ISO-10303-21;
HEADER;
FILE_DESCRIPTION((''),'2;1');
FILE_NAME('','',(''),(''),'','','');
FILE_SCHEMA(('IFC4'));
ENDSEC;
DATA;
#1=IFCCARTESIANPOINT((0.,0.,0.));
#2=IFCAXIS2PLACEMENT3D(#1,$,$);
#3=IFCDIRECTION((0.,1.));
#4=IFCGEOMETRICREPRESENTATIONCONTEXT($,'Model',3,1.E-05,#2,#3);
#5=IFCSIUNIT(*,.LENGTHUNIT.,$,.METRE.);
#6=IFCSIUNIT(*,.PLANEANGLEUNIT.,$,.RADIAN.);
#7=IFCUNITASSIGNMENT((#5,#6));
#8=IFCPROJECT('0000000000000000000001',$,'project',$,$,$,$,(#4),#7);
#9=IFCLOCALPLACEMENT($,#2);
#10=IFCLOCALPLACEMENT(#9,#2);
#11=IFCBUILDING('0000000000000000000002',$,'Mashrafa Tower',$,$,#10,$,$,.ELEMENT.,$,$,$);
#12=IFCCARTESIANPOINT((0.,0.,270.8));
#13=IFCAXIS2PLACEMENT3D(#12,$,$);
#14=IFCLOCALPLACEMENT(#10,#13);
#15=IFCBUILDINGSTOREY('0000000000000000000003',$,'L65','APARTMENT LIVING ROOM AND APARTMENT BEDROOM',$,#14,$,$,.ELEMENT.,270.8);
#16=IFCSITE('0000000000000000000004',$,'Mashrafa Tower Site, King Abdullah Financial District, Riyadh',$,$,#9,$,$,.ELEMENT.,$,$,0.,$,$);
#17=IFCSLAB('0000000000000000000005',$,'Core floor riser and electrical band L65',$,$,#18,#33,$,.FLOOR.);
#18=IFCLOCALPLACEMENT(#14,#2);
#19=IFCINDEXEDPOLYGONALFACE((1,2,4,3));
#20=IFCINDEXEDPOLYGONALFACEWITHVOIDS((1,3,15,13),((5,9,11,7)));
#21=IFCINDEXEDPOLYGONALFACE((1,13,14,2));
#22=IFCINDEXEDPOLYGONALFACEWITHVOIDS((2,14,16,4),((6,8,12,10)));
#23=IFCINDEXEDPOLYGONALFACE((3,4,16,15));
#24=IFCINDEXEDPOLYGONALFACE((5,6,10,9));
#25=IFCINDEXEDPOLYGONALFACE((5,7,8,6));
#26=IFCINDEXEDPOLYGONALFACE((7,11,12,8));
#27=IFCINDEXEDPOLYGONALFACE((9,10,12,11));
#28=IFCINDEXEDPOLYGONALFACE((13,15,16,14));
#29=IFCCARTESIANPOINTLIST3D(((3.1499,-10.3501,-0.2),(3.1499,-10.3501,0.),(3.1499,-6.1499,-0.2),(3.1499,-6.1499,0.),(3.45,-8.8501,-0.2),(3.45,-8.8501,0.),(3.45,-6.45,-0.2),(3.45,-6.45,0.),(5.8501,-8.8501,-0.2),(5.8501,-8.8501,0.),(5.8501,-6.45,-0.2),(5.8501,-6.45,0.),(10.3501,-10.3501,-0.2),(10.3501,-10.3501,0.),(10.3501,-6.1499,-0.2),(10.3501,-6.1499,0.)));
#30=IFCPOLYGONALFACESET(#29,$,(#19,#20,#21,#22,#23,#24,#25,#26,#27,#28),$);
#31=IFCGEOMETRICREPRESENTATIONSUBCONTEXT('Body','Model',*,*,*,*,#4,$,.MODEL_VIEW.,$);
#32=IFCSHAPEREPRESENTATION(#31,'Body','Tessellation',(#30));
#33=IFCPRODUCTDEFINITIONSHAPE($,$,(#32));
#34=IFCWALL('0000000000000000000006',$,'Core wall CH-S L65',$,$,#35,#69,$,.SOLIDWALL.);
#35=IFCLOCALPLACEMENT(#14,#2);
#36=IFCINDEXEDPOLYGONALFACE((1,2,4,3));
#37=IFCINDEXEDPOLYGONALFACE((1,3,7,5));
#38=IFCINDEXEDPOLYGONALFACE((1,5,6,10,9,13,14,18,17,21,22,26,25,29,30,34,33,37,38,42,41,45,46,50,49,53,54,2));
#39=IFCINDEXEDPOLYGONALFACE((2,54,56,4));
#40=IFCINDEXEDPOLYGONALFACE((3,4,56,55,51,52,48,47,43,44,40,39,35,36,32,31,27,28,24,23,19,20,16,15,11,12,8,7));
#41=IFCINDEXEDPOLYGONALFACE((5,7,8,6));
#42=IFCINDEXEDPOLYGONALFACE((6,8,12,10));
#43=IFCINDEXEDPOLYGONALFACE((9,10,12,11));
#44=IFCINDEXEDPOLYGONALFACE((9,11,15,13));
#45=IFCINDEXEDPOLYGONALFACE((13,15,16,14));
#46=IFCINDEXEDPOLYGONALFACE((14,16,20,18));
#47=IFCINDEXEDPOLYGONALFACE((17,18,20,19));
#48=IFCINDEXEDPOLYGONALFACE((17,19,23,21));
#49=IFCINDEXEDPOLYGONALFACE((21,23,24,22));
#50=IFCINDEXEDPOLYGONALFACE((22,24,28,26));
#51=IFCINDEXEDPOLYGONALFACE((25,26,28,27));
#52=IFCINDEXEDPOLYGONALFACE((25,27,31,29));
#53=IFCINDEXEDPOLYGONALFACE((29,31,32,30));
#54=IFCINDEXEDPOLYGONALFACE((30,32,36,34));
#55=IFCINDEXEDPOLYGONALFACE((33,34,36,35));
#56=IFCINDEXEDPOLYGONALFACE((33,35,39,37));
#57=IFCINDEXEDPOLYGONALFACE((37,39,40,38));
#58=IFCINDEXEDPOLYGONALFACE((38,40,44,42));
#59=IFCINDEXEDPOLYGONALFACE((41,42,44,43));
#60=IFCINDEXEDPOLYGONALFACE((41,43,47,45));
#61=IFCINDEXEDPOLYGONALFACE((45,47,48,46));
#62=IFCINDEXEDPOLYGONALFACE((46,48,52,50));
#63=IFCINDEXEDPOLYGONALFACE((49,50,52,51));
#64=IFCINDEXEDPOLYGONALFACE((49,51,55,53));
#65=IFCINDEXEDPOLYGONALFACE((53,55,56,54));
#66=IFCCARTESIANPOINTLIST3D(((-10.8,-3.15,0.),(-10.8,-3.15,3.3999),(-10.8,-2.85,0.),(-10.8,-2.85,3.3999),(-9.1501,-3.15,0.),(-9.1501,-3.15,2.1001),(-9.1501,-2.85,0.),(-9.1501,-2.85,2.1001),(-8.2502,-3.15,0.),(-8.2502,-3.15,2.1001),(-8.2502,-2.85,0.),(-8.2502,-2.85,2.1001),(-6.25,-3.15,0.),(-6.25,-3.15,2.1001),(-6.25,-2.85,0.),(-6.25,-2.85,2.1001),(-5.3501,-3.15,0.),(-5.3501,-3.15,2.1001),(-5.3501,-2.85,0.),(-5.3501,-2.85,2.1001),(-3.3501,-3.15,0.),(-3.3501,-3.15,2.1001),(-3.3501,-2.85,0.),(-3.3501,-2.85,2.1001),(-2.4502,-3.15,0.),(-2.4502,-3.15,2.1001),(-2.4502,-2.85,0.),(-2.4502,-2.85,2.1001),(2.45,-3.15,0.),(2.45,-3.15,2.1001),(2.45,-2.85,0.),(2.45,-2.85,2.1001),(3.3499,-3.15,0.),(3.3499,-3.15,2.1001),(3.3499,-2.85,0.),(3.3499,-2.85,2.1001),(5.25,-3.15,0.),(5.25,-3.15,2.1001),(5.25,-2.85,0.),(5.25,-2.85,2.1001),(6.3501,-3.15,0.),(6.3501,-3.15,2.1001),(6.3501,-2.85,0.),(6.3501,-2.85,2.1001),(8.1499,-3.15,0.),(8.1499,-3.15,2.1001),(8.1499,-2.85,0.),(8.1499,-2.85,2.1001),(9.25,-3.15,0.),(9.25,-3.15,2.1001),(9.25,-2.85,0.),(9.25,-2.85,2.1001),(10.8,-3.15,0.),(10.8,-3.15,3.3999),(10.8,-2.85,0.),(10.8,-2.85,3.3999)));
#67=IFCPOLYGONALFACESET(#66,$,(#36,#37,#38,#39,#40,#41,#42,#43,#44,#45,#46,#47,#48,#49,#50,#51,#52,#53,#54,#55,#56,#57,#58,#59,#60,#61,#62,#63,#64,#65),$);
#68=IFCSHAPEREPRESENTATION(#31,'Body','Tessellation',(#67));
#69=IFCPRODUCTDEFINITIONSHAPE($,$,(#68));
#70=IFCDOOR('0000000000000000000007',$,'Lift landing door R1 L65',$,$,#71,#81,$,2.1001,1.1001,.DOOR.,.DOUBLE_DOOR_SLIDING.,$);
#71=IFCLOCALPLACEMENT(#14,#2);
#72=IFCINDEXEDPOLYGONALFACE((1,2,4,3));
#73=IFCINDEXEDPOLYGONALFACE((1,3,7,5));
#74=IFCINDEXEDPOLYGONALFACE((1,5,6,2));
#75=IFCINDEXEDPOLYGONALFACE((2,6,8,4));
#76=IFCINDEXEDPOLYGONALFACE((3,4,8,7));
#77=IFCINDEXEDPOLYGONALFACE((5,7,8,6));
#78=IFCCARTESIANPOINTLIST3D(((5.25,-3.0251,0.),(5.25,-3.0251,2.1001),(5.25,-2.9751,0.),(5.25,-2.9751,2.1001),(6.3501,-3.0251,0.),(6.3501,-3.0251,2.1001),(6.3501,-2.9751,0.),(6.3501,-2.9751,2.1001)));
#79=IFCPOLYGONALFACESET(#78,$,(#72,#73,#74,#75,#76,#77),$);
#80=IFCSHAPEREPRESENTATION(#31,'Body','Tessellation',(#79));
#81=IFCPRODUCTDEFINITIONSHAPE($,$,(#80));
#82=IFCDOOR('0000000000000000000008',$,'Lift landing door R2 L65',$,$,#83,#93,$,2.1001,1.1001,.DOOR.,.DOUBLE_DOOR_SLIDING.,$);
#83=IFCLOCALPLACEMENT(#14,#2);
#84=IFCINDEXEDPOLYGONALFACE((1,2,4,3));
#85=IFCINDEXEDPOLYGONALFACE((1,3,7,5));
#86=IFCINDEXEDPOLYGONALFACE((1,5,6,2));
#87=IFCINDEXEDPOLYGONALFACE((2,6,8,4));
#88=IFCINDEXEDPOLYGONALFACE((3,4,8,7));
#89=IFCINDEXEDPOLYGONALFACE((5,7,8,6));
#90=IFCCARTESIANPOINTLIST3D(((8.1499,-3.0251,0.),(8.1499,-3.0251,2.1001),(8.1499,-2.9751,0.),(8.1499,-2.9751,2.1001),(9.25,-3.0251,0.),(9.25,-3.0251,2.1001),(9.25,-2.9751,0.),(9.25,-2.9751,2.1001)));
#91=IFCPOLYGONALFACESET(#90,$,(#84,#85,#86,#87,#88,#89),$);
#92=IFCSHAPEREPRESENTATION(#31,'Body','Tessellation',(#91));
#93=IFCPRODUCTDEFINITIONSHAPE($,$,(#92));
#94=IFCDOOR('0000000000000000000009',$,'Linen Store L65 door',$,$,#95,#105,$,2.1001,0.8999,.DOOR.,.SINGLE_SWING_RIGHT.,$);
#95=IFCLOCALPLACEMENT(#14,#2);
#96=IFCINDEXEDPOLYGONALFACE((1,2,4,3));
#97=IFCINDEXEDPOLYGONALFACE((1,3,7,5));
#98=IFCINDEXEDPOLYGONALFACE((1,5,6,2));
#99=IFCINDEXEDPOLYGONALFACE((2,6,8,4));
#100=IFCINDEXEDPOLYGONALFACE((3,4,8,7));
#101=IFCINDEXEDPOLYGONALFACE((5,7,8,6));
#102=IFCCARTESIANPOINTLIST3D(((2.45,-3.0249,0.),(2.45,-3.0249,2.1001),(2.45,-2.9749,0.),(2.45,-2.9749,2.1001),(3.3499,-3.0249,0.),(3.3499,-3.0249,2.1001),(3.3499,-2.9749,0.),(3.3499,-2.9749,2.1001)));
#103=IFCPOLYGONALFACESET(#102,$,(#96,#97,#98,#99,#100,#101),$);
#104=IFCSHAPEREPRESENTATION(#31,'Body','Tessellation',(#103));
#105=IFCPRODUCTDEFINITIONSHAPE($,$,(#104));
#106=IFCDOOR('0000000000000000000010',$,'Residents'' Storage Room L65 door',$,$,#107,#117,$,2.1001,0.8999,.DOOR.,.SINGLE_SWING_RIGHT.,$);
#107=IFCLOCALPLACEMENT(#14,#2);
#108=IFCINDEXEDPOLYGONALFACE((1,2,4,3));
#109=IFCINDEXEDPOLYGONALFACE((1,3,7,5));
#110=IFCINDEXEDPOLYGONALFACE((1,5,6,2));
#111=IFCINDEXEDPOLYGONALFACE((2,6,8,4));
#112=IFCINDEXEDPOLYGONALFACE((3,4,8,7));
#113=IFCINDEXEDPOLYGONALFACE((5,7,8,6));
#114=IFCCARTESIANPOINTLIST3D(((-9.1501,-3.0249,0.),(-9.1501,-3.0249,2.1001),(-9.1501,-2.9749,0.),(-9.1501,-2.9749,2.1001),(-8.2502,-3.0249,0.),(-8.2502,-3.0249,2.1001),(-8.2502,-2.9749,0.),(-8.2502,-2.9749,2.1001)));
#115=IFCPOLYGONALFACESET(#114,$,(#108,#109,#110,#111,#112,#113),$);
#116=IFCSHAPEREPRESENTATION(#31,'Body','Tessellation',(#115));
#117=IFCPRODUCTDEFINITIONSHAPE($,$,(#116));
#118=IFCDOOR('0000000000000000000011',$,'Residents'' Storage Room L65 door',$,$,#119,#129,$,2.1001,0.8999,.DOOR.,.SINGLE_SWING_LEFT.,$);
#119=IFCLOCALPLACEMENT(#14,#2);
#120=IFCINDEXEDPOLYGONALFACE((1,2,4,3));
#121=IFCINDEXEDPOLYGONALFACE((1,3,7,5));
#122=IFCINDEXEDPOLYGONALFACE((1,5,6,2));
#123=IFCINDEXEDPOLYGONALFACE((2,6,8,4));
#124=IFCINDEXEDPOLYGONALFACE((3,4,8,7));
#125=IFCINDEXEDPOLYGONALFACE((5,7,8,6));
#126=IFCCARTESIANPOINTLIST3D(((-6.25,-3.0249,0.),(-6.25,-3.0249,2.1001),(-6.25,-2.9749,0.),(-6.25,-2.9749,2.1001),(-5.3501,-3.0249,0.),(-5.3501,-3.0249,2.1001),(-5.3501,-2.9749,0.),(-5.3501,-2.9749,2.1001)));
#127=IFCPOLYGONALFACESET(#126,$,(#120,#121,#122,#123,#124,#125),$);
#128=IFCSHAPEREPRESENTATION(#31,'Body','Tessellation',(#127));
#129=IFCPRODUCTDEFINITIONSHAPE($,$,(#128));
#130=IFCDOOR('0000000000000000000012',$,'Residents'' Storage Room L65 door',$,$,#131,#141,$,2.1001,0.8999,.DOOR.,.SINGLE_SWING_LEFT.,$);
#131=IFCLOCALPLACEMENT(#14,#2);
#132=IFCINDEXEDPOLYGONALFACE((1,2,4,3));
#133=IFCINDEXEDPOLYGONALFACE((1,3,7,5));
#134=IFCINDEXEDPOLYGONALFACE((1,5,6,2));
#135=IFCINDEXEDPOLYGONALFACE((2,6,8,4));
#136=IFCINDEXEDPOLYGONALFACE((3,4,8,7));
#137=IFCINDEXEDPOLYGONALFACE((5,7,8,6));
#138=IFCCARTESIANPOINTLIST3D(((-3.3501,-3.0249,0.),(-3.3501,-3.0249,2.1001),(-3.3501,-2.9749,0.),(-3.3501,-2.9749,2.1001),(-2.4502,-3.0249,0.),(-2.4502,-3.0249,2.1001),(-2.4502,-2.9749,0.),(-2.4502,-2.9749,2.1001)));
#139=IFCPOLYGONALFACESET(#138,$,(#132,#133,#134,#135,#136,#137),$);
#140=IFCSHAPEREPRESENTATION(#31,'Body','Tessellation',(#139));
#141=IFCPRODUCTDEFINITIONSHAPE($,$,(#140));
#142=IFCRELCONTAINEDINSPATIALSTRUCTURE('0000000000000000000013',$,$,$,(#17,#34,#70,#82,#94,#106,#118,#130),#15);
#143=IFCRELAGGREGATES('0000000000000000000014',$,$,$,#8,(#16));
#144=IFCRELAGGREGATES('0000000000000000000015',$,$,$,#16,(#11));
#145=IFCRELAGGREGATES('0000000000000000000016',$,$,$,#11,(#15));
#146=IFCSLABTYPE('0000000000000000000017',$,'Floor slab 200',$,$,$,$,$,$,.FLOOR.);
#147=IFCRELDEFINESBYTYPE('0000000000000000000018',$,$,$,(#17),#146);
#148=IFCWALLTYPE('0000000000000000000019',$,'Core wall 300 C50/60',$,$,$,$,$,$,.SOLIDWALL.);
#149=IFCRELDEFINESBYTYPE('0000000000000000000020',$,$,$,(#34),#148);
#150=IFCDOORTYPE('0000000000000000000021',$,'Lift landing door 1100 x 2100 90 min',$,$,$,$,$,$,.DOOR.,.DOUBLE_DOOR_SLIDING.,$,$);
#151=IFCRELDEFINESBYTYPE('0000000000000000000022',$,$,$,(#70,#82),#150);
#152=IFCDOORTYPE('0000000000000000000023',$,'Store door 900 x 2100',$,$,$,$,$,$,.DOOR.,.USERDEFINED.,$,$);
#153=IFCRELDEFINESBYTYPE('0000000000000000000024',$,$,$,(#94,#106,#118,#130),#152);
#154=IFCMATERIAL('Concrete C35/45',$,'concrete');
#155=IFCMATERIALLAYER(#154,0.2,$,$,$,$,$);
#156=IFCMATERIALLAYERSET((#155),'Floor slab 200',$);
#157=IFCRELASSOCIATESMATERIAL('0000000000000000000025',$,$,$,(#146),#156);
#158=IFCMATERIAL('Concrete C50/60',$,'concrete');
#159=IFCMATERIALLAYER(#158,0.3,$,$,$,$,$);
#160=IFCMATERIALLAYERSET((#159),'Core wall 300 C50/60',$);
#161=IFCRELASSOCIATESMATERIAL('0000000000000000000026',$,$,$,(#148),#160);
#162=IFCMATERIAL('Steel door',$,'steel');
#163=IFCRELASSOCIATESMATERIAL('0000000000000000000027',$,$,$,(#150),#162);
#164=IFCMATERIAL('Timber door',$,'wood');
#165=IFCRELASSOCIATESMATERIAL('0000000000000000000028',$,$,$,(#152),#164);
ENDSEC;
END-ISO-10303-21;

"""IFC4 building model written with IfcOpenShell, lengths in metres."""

from ifc_helpers import new_model, si_unit, direction, frame, frame_2d, origin, place, context, subcontext, project, spatial, polyline, rectangle, outline, extrude, material, layer, layer_set, type_object, element, fill, save


model = new_model("IFC4")

# Units and contexts
model_context = context("Model", 3, precision=1e-05, world=origin(), true_north=direction((0.0, 1.0)))
body_context = subcontext(model_context, "Body", "Model", "MODEL_VIEW")
ifc_project = project(units=[si_unit("LENGTHUNIT", "METRE"), si_unit("PLANEANGLEUNIT", "RADIAN")], contexts=[model_context])

# Site, building, storey
site_placement = place(None, origin())
site = spatial("IfcSite", under=ifc_project, at=site_placement, Name="Mashrafa Tower Site, King Abdullah Financial District, Riyadh", CompositionType="ELEMENT", RefElevation=0.0)
building_placement = place(site_placement, origin())
building = spatial("IfcBuilding", under=site, at=building_placement, Name="Mashrafa Tower", CompositionType="ELEMENT")
storey_placement = place(building_placement, frame((0.0, 0.0, 270.8)))
storey = spatial("IfcBuildingStorey", under=building, at=storey_placement, Name="L65", Description="APARTMENT LIVING ROOM AND APARTMENT BEDROOM", CompositionType="ELEMENT", Elevation=270.8)

# Slab
ifc_material_1 = material(Name="Concrete C35/45", Category="concrete")
ifc_layer_1 = layer(ifc_material_1, 0.2)
ifc_layer_set_1 = layer_set([ifc_layer_1], Name="Floor slab 200")
slab_type = type_object("IfcSlabType", Name="Floor slab 200", PredefinedType="FLOOR", material=ifc_layer_set_1)
slab_1_placement = place(storey_placement, frame((0.0, 0.0, -0.2)))
element("IfcSlab", 1, at=slab_1_placement, inside=storey, type_object=slab_type, Name="Core floor riser and electrical band L65", PredefinedType="FLOOR", context=body_context, shape_type="SweptSolid", body=[
    extrude(outline(polyline([(10.3501, -6.1499), (10.3501, -10.3501), (3.1499, -10.3501), (3.1499, -6.1499), (10.3501, -6.1499)]), holes=[polyline([(3.45, -8.8501), (5.8501, -8.8501), (5.8501, -6.45), (3.45, -6.45), (3.45, -8.8501)])]), origin(), (0.0, 0.0, 1.0), 0.2),
])

# Wall, openings, doors
ifc_material_2 = material(Name="Concrete C50/60", Category="concrete")
ifc_layer_2 = layer(ifc_material_2, 0.3)
ifc_layer_set_2 = layer_set([ifc_layer_2], Name="Core wall 300 C50/60")
wall_type_1 = type_object("IfcWallType", Name="Core wall 300 C50/60", PredefinedType="SOLIDWALL", material=ifc_layer_set_2)
wall_1_placement = place(storey_placement, frame((-10.8, -3.0, 0.0), z_axis=(0.0, 0.0, 1.0), x_axis=(1.0, 0.0, 0.0)))
wall_1 = element("IfcWall", 2, at=wall_1_placement, inside=storey, type_object=wall_type_1, Name="Core wall CH-S L65", PredefinedType="SOLIDWALL", context=body_context, shape_type="SweptSolid", body=[
    extrude(rectangle(XDim=21.6001, YDim=0.3, at=frame_2d((10.8, 0.0))), origin(), (0.0, 0.0, 1.0), 3.3999),
])
opening_1_placement = place(wall_1_placement, frame((13.25, 0.0, 0.0)))
opening_1 = element("IfcOpeningElement", 3, at=opening_1_placement, cuts=wall_1, PredefinedType="OPENING", context=body_context, shape_type="SweptSolid", body=[
    extrude(rectangle(XDim=0.8999, YDim=2.1001, at=frame_2d((0.45, 1.05))), frame((0.0, 0.1599, 0.0), z_axis=(0.0, -1.0, 0.0), x_axis=(1.0, 0.0, 0.0)), (0.0, 0.0, 1.0), 0.3201),
])
opening_2_placement = place(wall_1_placement, frame((1.6499, 0.0, 0.0)))
opening_2 = element("IfcOpeningElement", 4, at=opening_2_placement, cuts=wall_1, PredefinedType="OPENING", context=body_context, shape_type="SweptSolid", body=[
    extrude(rectangle(XDim=0.8999, YDim=2.1001, at=frame_2d((0.45, 1.05))), frame((0.0, 0.1599, 0.0), z_axis=(0.0, -1.0, 0.0), x_axis=(1.0, 0.0, 0.0)), (0.0, 0.0, 1.0), 0.3201),
])
opening_3_placement = place(wall_1_placement, frame((4.55, 0.0, 0.0)))
opening_3 = element("IfcOpeningElement", 5, at=opening_3_placement, cuts=wall_1, PredefinedType="OPENING", context=body_context, shape_type="SweptSolid", body=[
    extrude(rectangle(XDim=0.8999, YDim=2.1001, at=frame_2d((0.45, 1.05))), frame((0.0, 0.1599, 0.0), z_axis=(0.0, -1.0, 0.0), x_axis=(1.0, 0.0, 0.0)), (0.0, 0.0, 1.0), 0.3201),
])
opening_4_placement = place(wall_1_placement, frame((7.45, 0.0, 0.0)))
opening_4 = element("IfcOpeningElement", 6, at=opening_4_placement, cuts=wall_1, PredefinedType="OPENING", context=body_context, shape_type="SweptSolid", body=[
    extrude(rectangle(XDim=0.8999, YDim=2.1001, at=frame_2d((0.45, 1.05))), frame((0.0, 0.1599, 0.0), z_axis=(0.0, -1.0, 0.0), x_axis=(1.0, 0.0, 0.0)), (0.0, 0.0, 1.0), 0.3201),
])
opening_5_placement = place(wall_1_placement, frame((16.05, 0.0, 0.0)))
opening_5 = element("IfcOpeningElement", 7, at=opening_5_placement, cuts=wall_1, PredefinedType="OPENING", context=body_context, shape_type="SweptSolid", body=[
    extrude(rectangle(XDim=1.1001, YDim=2.1001, at=frame_2d((0.55, 1.05))), frame((0.0, 0.1599, 0.0), z_axis=(0.0, -1.0, 0.0), x_axis=(1.0, 0.0, 0.0)), (0.0, 0.0, 1.0), 0.3201),
])
opening_6_placement = place(wall_1_placement, frame((18.95, 0.0, 0.0)))
opening_6 = element("IfcOpeningElement", 8, at=opening_6_placement, cuts=wall_1, PredefinedType="OPENING", context=body_context, shape_type="SweptSolid", body=[
    extrude(rectangle(XDim=1.1001, YDim=2.1001, at=frame_2d((0.55, 1.05))), frame((0.0, 0.1599, 0.0), z_axis=(0.0, -1.0, 0.0), x_axis=(1.0, 0.0, 0.0)), (0.0, 0.0, 1.0), 0.3201),
])
ifc_material_3 = material(Name="Steel door", Category="steel")
door_type_1 = type_object("IfcDoorType", Name="Lift landing door 1100 x 2100 90 min", OperationType="DOUBLE_DOOR_SLIDING", PredefinedType="DOOR", material=ifc_material_3)
door_1_placement = place(opening_5_placement, origin())
door_1 = element("IfcDoor", 9, at=door_1_placement, inside=storey, type_object=door_type_1, Name="Lift landing door R1 L65", OperationType="DOUBLE_DOOR_SLIDING", OverallHeight=2.1001, OverallWidth=1.1001, PredefinedType="DOOR", context=body_context, shape_type="SweptSolid", body=[
    extrude(rectangle(XDim=1.1001, YDim=2.1001, at=frame_2d((0.55, 1.05))), frame((0.0, 0.0249, 0.0), z_axis=(0.0, -1.0, 0.0), x_axis=(1.0, 0.0, 0.0)), (0.0, 0.0, 1.0), 0.05),
])
fill(opening_5, door_1)
door_2_placement = place(opening_6_placement, origin())
door_2 = element("IfcDoor", 10, at=door_2_placement, inside=storey, type_object=door_type_1, Name="Lift landing door R2 L65", OperationType="DOUBLE_DOOR_SLIDING", OverallHeight=2.1001, OverallWidth=1.1001, PredefinedType="DOOR", context=body_context, shape_type="SweptSolid", body=[
    extrude(rectangle(XDim=1.1001, YDim=2.1001, at=frame_2d((0.55, 1.05))), frame((0.0, 0.0249, 0.0), z_axis=(0.0, -1.0, 0.0), x_axis=(1.0, 0.0, 0.0)), (0.0, 0.0, 1.0), 0.05),
])
fill(opening_6, door_2)
ifc_material_4 = material(Name="Timber door", Category="wood")
door_type_2 = type_object("IfcDoorType", Name="Store door 900 x 2100", OperationType="USERDEFINED", PredefinedType="DOOR", material=ifc_material_4)
door_3_placement = place(opening_1_placement, frame((0.8999, 0.0, 0.0), z_axis=(0.0, 0.0, 1.0), x_axis=(-1.0, 0.0, 0.0)))
door_3 = element("IfcDoor", 11, at=door_3_placement, inside=storey, type_object=door_type_2, Name="Linen Store L65 door", OperationType="SINGLE_SWING_RIGHT", OverallHeight=2.1001, OverallWidth=0.8999, PredefinedType="DOOR", context=body_context, shape_type="SweptSolid", body=[
    extrude(rectangle(XDim=0.8999, YDim=2.1001, at=frame_2d((0.45, 1.05))), frame((0.0, 0.0249, 0.0), z_axis=(0.0, -1.0, 0.0), x_axis=(1.0, 0.0, 0.0)), (0.0, 0.0, 1.0), 0.05),
])
fill(opening_1, door_3)
door_4_placement = place(opening_2_placement, frame((0.8999, 0.0, 0.0), z_axis=(0.0, 0.0, 1.0), x_axis=(-1.0, 0.0, 0.0)))
door_4 = element("IfcDoor", 12, at=door_4_placement, inside=storey, type_object=door_type_2, Name="Residents' Storage Room L65 door", OperationType="SINGLE_SWING_RIGHT", OverallHeight=2.1001, OverallWidth=0.8999, PredefinedType="DOOR", context=body_context, shape_type="SweptSolid", body=[
    extrude(rectangle(XDim=0.8999, YDim=2.1001, at=frame_2d((0.45, 1.05))), frame((0.0, 0.0249, 0.0), z_axis=(0.0, -1.0, 0.0), x_axis=(1.0, 0.0, 0.0)), (0.0, 0.0, 1.0), 0.05),
])
fill(opening_2, door_4)
door_5_placement = place(opening_3_placement, frame((0.8999, 0.0, 0.0), z_axis=(0.0, 0.0, 1.0), x_axis=(-1.0, 0.0, 0.0)))
door_5 = element("IfcDoor", 13, at=door_5_placement, inside=storey, type_object=door_type_2, Name="Residents' Storage Room L65 door", OperationType="SINGLE_SWING_LEFT", OverallHeight=2.1001, OverallWidth=0.8999, PredefinedType="DOOR", context=body_context, shape_type="SweptSolid", body=[
    extrude(rectangle(XDim=0.8999, YDim=2.1001, at=frame_2d((0.45, 1.05))), frame((0.0, 0.0249, 0.0), z_axis=(0.0, -1.0, 0.0), x_axis=(1.0, 0.0, 0.0)), (0.0, 0.0, 1.0), 0.05),
])
fill(opening_3, door_5)
door_6_placement = place(opening_4_placement, frame((0.8999, 0.0, 0.0), z_axis=(0.0, 0.0, 1.0), x_axis=(-1.0, 0.0, 0.0)))
door_6 = element("IfcDoor", 14, at=door_6_placement, inside=storey, type_object=door_type_2, Name="Residents' Storage Room L65 door", OperationType="SINGLE_SWING_LEFT", OverallHeight=2.1001, OverallWidth=0.8999, PredefinedType="DOOR", context=body_context, shape_type="SweptSolid", body=[
    extrude(rectangle(XDim=0.8999, YDim=2.1001, at=frame_2d((0.45, 1.05))), frame((0.0, 0.0249, 0.0), z_axis=(0.0, -1.0, 0.0), x_axis=(1.0, 0.0, 0.0)), (0.0, 0.0, 1.0), 0.05),
])
fill(opening_4, door_6)

save(model, "model.ifc")
